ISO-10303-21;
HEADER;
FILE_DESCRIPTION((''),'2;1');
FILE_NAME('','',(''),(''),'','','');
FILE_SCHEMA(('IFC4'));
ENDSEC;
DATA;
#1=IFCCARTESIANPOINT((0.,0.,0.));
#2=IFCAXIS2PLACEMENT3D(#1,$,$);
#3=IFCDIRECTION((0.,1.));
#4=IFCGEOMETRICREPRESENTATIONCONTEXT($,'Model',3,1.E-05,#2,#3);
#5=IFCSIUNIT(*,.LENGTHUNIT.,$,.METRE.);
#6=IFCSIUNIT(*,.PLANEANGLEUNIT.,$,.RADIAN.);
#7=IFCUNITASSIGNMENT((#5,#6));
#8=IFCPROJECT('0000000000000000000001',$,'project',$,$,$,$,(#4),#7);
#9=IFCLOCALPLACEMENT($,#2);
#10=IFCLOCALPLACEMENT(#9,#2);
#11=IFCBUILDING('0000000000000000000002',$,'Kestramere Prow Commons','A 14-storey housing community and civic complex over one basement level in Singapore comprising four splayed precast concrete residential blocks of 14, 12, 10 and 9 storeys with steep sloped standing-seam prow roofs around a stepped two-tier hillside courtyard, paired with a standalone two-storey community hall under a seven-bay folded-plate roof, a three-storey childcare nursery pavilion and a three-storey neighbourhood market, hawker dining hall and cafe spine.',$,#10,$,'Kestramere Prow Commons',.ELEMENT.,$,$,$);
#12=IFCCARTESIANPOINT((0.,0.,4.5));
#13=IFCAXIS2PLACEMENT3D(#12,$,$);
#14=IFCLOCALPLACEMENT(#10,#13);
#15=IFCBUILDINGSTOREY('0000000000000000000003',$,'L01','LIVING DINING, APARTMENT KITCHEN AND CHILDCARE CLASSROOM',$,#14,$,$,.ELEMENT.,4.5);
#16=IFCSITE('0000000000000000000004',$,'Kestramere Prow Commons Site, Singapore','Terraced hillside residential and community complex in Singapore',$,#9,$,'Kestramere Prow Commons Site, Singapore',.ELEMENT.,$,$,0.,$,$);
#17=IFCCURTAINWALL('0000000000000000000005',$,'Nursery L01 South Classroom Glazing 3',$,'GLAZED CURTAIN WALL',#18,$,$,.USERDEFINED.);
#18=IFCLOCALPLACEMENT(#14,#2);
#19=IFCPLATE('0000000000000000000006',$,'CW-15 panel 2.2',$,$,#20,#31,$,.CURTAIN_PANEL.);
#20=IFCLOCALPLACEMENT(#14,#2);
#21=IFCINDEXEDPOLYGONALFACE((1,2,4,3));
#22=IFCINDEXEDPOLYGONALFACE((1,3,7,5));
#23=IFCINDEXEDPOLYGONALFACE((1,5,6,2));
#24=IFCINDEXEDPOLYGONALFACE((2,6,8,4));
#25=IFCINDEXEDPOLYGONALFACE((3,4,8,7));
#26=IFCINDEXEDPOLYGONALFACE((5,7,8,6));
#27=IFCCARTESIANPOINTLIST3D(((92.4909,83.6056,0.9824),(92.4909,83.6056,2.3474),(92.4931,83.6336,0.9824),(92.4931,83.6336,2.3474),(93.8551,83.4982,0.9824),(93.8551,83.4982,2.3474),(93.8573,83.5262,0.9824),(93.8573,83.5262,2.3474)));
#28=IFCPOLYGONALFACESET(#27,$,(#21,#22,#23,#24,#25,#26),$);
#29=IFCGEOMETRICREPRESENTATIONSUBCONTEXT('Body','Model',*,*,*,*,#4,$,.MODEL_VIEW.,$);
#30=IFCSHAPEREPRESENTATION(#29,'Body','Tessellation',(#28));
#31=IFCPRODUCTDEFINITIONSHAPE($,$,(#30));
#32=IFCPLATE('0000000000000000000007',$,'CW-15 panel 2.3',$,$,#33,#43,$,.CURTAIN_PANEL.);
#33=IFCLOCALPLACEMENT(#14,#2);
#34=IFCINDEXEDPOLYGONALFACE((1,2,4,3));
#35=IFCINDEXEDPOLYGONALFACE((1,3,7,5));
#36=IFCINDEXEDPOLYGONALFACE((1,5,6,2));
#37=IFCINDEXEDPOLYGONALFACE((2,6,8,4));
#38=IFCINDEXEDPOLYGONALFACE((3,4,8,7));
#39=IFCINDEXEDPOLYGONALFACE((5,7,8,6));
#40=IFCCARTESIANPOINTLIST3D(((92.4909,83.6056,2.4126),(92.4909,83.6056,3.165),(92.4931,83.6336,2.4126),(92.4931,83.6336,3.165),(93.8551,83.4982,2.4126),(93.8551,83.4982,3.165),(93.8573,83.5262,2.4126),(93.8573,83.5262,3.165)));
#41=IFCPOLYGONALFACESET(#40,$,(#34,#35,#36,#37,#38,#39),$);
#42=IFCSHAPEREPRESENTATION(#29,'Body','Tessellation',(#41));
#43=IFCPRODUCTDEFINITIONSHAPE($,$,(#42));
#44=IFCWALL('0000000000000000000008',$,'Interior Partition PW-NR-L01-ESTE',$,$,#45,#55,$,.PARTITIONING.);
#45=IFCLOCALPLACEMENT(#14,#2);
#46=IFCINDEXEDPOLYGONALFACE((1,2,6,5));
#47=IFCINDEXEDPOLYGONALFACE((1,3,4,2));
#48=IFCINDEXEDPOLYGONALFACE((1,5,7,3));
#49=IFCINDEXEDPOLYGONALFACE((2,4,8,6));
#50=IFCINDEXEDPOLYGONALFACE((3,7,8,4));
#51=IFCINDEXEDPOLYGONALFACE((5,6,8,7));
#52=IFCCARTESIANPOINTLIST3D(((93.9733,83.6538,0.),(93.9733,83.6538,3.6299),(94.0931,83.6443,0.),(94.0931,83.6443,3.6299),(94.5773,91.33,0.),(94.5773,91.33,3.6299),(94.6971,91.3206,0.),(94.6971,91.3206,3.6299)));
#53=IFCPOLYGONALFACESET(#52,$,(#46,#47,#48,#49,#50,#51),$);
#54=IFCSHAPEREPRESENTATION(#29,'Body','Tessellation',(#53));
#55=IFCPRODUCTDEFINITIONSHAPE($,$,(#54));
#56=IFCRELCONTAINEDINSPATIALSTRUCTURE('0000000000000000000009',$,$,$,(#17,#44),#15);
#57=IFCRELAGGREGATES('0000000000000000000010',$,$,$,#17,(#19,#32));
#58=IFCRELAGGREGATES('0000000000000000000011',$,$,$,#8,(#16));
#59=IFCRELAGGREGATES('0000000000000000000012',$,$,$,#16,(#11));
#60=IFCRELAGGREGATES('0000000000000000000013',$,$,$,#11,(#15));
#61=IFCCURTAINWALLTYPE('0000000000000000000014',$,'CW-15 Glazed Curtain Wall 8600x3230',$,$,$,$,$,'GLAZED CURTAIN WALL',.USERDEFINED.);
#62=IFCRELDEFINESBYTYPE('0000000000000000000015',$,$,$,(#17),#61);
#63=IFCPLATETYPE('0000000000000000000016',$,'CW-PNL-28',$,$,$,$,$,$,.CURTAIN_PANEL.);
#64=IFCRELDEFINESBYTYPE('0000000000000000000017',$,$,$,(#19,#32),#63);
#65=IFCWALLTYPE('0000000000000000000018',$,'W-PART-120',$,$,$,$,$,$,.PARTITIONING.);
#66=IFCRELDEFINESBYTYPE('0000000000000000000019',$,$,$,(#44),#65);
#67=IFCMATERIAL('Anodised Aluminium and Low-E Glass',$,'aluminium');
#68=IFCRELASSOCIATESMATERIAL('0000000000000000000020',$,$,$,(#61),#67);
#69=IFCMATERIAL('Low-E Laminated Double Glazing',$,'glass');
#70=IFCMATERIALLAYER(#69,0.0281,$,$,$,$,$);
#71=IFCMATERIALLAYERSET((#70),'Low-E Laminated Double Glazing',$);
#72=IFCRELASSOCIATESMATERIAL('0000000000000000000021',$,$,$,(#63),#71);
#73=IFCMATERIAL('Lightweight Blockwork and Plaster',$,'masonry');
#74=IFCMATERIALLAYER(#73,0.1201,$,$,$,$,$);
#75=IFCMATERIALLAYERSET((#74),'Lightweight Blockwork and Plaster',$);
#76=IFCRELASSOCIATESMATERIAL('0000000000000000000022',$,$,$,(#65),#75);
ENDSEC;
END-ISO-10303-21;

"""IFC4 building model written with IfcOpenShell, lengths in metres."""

from ifc_helpers import new_model, si_unit, direction, frame, frame_2d, origin, origin_2d, place, context, subcontext, project, spatial, rectangle, extrude, material, layer, layer_set, type_object, element, aggregate, save


model = new_model("IFC4")

# Units and contexts
model_context = context("Model", 3, precision=1e-05, world=origin(), true_north=direction((0.0, 1.0)))
body_context = subcontext(model_context, "Body", "Model", "MODEL_VIEW")
ifc_project = project(units=[si_unit("LENGTHUNIT", "METRE"), si_unit("PLANEANGLEUNIT", "RADIAN")], contexts=[model_context])

# Site, building, storey
site_placement = place(None, origin())
site = spatial("IfcSite", under=ifc_project, at=site_placement, Name="Kestramere Prow Commons Site, Singapore", Description="Terraced hillside residential and community complex in Singapore", LongName="Kestramere Prow Commons Site, Singapore", CompositionType="ELEMENT", RefElevation=0.0)
building_placement = place(site_placement, origin())
building = spatial("IfcBuilding", under=site, at=building_placement, Name="Kestramere Prow Commons", Description="A 14-storey housing community and civic complex over one basement level in Singapore comprising four splayed precast concrete residential blocks of 14, 12, 10 and 9 storeys with steep sloped standing-seam prow roofs around a stepped two-tier hillside courtyard, paired with a standalone two-storey community hall under a seven-bay folded-plate roof, a three-storey childcare nursery pavilion and a three-storey neighbourhood market, hawker dining hall and cafe spine.", LongName="Kestramere Prow Commons", CompositionType="ELEMENT")
storey_placement = place(building_placement, frame((0.0, 0.0, 4.5)))
storey = spatial("IfcBuildingStorey", under=building, at=storey_placement, Name="L01", Description="LIVING DINING, APARTMENT KITCHEN AND CHILDCARE CLASSROOM", CompositionType="ELEMENT", Elevation=4.5)

# Curtain wall, plates
ifc_material_1 = material(Name="Anodised Aluminium and Low-E Glass", Category="aluminium")
curtain_wall_type = type_object("IfcCurtainWallType", Name="CW-15 Glazed Curtain Wall 8600x3230", ElementType="GLAZED CURTAIN WALL", PredefinedType="USERDEFINED", material=ifc_material_1)
curtain_wall_placement = place(storey_placement, origin())
curtain_wall = element("IfcCurtainWall", 1, at=curtain_wall_placement, inside=storey, type_object=curtain_wall_type, Name="Nursery L01 South Classroom Glazing 3", ObjectType="GLAZED CURTAIN WALL", PredefinedType="USERDEFINED")
ifc_material_2 = material(Name="Low-E Laminated Double Glazing", Category="glass")
ifc_layer_1 = layer(ifc_material_2, 0.0281)
ifc_layer_set_1 = layer_set([ifc_layer_1], Name="Low-E Laminated Double Glazing")
plate_type = type_object("IfcPlateType", Name="CW-PNL-28", PredefinedType="CURTAIN_PANEL", material=ifc_layer_set_1)
plate_1_placement = place(storey_placement, frame((93.1741, 83.5659, 0.9824), z_axis=(0.0, 0.0, 1.0), x_axis=(-0.996917, 0.078459, 0.0)))
plate_1 = element("IfcPlate", 2, at=plate_1_placement, type_object=plate_type, Name="CW-15 panel 2.2", PredefinedType="CURTAIN_PANEL", context=body_context, shape_type="SweptSolid", body=[
    extrude(rectangle(XDim=1.3684, YDim=0.0281, at=origin_2d()), origin(), (0.0, 0.0, 1.0), 1.365),
])
plate_2_placement = place(storey_placement, frame((93.1741, 83.5659, 2.4126), z_axis=(0.0, 0.0, 1.0), x_axis=(-0.996917, 0.078459, 0.0)))
plate_2 = element("IfcPlate", 3, at=plate_2_placement, type_object=plate_type, Name="CW-15 panel 2.3", PredefinedType="CURTAIN_PANEL", context=body_context, shape_type="SweptSolid", body=[
    extrude(rectangle(XDim=1.3684, YDim=0.0281, at=origin_2d()), origin(), (0.0, 0.0, 1.0), 0.7524),
])
aggregate(curtain_wall, [plate_1, plate_2])

# Wall
ifc_material_3 = material(Name="Lightweight Blockwork and Plaster", Category="masonry")
ifc_layer_2 = layer(ifc_material_3, 0.1201)
ifc_layer_set_2 = layer_set([ifc_layer_2], Name="Lightweight Blockwork and Plaster")
wall_type = type_object("IfcWallType", Name="W-PART-120", PredefinedType="PARTITIONING", material=ifc_layer_set_2)
wall_placement = place(storey_placement, frame((94.0332, 83.6489, 0.0), z_axis=(0.0, 0.0, 1.0), x_axis=(0.078442, 0.996919, 0.0)))
element("IfcWall", 4, at=wall_placement, inside=storey, type_object=wall_type, Name="Interior Partition PW-NR-L01-ESTE", PredefinedType="PARTITIONING", context=body_context, shape_type="SweptSolid", body=[
    extrude(rectangle(XDim=7.7, YDim=0.1201, at=frame_2d((3.8501, 0.0))), origin(), (0.0, 0.0, 1.0), 3.6299),
])

save(model, "model.ifc")
